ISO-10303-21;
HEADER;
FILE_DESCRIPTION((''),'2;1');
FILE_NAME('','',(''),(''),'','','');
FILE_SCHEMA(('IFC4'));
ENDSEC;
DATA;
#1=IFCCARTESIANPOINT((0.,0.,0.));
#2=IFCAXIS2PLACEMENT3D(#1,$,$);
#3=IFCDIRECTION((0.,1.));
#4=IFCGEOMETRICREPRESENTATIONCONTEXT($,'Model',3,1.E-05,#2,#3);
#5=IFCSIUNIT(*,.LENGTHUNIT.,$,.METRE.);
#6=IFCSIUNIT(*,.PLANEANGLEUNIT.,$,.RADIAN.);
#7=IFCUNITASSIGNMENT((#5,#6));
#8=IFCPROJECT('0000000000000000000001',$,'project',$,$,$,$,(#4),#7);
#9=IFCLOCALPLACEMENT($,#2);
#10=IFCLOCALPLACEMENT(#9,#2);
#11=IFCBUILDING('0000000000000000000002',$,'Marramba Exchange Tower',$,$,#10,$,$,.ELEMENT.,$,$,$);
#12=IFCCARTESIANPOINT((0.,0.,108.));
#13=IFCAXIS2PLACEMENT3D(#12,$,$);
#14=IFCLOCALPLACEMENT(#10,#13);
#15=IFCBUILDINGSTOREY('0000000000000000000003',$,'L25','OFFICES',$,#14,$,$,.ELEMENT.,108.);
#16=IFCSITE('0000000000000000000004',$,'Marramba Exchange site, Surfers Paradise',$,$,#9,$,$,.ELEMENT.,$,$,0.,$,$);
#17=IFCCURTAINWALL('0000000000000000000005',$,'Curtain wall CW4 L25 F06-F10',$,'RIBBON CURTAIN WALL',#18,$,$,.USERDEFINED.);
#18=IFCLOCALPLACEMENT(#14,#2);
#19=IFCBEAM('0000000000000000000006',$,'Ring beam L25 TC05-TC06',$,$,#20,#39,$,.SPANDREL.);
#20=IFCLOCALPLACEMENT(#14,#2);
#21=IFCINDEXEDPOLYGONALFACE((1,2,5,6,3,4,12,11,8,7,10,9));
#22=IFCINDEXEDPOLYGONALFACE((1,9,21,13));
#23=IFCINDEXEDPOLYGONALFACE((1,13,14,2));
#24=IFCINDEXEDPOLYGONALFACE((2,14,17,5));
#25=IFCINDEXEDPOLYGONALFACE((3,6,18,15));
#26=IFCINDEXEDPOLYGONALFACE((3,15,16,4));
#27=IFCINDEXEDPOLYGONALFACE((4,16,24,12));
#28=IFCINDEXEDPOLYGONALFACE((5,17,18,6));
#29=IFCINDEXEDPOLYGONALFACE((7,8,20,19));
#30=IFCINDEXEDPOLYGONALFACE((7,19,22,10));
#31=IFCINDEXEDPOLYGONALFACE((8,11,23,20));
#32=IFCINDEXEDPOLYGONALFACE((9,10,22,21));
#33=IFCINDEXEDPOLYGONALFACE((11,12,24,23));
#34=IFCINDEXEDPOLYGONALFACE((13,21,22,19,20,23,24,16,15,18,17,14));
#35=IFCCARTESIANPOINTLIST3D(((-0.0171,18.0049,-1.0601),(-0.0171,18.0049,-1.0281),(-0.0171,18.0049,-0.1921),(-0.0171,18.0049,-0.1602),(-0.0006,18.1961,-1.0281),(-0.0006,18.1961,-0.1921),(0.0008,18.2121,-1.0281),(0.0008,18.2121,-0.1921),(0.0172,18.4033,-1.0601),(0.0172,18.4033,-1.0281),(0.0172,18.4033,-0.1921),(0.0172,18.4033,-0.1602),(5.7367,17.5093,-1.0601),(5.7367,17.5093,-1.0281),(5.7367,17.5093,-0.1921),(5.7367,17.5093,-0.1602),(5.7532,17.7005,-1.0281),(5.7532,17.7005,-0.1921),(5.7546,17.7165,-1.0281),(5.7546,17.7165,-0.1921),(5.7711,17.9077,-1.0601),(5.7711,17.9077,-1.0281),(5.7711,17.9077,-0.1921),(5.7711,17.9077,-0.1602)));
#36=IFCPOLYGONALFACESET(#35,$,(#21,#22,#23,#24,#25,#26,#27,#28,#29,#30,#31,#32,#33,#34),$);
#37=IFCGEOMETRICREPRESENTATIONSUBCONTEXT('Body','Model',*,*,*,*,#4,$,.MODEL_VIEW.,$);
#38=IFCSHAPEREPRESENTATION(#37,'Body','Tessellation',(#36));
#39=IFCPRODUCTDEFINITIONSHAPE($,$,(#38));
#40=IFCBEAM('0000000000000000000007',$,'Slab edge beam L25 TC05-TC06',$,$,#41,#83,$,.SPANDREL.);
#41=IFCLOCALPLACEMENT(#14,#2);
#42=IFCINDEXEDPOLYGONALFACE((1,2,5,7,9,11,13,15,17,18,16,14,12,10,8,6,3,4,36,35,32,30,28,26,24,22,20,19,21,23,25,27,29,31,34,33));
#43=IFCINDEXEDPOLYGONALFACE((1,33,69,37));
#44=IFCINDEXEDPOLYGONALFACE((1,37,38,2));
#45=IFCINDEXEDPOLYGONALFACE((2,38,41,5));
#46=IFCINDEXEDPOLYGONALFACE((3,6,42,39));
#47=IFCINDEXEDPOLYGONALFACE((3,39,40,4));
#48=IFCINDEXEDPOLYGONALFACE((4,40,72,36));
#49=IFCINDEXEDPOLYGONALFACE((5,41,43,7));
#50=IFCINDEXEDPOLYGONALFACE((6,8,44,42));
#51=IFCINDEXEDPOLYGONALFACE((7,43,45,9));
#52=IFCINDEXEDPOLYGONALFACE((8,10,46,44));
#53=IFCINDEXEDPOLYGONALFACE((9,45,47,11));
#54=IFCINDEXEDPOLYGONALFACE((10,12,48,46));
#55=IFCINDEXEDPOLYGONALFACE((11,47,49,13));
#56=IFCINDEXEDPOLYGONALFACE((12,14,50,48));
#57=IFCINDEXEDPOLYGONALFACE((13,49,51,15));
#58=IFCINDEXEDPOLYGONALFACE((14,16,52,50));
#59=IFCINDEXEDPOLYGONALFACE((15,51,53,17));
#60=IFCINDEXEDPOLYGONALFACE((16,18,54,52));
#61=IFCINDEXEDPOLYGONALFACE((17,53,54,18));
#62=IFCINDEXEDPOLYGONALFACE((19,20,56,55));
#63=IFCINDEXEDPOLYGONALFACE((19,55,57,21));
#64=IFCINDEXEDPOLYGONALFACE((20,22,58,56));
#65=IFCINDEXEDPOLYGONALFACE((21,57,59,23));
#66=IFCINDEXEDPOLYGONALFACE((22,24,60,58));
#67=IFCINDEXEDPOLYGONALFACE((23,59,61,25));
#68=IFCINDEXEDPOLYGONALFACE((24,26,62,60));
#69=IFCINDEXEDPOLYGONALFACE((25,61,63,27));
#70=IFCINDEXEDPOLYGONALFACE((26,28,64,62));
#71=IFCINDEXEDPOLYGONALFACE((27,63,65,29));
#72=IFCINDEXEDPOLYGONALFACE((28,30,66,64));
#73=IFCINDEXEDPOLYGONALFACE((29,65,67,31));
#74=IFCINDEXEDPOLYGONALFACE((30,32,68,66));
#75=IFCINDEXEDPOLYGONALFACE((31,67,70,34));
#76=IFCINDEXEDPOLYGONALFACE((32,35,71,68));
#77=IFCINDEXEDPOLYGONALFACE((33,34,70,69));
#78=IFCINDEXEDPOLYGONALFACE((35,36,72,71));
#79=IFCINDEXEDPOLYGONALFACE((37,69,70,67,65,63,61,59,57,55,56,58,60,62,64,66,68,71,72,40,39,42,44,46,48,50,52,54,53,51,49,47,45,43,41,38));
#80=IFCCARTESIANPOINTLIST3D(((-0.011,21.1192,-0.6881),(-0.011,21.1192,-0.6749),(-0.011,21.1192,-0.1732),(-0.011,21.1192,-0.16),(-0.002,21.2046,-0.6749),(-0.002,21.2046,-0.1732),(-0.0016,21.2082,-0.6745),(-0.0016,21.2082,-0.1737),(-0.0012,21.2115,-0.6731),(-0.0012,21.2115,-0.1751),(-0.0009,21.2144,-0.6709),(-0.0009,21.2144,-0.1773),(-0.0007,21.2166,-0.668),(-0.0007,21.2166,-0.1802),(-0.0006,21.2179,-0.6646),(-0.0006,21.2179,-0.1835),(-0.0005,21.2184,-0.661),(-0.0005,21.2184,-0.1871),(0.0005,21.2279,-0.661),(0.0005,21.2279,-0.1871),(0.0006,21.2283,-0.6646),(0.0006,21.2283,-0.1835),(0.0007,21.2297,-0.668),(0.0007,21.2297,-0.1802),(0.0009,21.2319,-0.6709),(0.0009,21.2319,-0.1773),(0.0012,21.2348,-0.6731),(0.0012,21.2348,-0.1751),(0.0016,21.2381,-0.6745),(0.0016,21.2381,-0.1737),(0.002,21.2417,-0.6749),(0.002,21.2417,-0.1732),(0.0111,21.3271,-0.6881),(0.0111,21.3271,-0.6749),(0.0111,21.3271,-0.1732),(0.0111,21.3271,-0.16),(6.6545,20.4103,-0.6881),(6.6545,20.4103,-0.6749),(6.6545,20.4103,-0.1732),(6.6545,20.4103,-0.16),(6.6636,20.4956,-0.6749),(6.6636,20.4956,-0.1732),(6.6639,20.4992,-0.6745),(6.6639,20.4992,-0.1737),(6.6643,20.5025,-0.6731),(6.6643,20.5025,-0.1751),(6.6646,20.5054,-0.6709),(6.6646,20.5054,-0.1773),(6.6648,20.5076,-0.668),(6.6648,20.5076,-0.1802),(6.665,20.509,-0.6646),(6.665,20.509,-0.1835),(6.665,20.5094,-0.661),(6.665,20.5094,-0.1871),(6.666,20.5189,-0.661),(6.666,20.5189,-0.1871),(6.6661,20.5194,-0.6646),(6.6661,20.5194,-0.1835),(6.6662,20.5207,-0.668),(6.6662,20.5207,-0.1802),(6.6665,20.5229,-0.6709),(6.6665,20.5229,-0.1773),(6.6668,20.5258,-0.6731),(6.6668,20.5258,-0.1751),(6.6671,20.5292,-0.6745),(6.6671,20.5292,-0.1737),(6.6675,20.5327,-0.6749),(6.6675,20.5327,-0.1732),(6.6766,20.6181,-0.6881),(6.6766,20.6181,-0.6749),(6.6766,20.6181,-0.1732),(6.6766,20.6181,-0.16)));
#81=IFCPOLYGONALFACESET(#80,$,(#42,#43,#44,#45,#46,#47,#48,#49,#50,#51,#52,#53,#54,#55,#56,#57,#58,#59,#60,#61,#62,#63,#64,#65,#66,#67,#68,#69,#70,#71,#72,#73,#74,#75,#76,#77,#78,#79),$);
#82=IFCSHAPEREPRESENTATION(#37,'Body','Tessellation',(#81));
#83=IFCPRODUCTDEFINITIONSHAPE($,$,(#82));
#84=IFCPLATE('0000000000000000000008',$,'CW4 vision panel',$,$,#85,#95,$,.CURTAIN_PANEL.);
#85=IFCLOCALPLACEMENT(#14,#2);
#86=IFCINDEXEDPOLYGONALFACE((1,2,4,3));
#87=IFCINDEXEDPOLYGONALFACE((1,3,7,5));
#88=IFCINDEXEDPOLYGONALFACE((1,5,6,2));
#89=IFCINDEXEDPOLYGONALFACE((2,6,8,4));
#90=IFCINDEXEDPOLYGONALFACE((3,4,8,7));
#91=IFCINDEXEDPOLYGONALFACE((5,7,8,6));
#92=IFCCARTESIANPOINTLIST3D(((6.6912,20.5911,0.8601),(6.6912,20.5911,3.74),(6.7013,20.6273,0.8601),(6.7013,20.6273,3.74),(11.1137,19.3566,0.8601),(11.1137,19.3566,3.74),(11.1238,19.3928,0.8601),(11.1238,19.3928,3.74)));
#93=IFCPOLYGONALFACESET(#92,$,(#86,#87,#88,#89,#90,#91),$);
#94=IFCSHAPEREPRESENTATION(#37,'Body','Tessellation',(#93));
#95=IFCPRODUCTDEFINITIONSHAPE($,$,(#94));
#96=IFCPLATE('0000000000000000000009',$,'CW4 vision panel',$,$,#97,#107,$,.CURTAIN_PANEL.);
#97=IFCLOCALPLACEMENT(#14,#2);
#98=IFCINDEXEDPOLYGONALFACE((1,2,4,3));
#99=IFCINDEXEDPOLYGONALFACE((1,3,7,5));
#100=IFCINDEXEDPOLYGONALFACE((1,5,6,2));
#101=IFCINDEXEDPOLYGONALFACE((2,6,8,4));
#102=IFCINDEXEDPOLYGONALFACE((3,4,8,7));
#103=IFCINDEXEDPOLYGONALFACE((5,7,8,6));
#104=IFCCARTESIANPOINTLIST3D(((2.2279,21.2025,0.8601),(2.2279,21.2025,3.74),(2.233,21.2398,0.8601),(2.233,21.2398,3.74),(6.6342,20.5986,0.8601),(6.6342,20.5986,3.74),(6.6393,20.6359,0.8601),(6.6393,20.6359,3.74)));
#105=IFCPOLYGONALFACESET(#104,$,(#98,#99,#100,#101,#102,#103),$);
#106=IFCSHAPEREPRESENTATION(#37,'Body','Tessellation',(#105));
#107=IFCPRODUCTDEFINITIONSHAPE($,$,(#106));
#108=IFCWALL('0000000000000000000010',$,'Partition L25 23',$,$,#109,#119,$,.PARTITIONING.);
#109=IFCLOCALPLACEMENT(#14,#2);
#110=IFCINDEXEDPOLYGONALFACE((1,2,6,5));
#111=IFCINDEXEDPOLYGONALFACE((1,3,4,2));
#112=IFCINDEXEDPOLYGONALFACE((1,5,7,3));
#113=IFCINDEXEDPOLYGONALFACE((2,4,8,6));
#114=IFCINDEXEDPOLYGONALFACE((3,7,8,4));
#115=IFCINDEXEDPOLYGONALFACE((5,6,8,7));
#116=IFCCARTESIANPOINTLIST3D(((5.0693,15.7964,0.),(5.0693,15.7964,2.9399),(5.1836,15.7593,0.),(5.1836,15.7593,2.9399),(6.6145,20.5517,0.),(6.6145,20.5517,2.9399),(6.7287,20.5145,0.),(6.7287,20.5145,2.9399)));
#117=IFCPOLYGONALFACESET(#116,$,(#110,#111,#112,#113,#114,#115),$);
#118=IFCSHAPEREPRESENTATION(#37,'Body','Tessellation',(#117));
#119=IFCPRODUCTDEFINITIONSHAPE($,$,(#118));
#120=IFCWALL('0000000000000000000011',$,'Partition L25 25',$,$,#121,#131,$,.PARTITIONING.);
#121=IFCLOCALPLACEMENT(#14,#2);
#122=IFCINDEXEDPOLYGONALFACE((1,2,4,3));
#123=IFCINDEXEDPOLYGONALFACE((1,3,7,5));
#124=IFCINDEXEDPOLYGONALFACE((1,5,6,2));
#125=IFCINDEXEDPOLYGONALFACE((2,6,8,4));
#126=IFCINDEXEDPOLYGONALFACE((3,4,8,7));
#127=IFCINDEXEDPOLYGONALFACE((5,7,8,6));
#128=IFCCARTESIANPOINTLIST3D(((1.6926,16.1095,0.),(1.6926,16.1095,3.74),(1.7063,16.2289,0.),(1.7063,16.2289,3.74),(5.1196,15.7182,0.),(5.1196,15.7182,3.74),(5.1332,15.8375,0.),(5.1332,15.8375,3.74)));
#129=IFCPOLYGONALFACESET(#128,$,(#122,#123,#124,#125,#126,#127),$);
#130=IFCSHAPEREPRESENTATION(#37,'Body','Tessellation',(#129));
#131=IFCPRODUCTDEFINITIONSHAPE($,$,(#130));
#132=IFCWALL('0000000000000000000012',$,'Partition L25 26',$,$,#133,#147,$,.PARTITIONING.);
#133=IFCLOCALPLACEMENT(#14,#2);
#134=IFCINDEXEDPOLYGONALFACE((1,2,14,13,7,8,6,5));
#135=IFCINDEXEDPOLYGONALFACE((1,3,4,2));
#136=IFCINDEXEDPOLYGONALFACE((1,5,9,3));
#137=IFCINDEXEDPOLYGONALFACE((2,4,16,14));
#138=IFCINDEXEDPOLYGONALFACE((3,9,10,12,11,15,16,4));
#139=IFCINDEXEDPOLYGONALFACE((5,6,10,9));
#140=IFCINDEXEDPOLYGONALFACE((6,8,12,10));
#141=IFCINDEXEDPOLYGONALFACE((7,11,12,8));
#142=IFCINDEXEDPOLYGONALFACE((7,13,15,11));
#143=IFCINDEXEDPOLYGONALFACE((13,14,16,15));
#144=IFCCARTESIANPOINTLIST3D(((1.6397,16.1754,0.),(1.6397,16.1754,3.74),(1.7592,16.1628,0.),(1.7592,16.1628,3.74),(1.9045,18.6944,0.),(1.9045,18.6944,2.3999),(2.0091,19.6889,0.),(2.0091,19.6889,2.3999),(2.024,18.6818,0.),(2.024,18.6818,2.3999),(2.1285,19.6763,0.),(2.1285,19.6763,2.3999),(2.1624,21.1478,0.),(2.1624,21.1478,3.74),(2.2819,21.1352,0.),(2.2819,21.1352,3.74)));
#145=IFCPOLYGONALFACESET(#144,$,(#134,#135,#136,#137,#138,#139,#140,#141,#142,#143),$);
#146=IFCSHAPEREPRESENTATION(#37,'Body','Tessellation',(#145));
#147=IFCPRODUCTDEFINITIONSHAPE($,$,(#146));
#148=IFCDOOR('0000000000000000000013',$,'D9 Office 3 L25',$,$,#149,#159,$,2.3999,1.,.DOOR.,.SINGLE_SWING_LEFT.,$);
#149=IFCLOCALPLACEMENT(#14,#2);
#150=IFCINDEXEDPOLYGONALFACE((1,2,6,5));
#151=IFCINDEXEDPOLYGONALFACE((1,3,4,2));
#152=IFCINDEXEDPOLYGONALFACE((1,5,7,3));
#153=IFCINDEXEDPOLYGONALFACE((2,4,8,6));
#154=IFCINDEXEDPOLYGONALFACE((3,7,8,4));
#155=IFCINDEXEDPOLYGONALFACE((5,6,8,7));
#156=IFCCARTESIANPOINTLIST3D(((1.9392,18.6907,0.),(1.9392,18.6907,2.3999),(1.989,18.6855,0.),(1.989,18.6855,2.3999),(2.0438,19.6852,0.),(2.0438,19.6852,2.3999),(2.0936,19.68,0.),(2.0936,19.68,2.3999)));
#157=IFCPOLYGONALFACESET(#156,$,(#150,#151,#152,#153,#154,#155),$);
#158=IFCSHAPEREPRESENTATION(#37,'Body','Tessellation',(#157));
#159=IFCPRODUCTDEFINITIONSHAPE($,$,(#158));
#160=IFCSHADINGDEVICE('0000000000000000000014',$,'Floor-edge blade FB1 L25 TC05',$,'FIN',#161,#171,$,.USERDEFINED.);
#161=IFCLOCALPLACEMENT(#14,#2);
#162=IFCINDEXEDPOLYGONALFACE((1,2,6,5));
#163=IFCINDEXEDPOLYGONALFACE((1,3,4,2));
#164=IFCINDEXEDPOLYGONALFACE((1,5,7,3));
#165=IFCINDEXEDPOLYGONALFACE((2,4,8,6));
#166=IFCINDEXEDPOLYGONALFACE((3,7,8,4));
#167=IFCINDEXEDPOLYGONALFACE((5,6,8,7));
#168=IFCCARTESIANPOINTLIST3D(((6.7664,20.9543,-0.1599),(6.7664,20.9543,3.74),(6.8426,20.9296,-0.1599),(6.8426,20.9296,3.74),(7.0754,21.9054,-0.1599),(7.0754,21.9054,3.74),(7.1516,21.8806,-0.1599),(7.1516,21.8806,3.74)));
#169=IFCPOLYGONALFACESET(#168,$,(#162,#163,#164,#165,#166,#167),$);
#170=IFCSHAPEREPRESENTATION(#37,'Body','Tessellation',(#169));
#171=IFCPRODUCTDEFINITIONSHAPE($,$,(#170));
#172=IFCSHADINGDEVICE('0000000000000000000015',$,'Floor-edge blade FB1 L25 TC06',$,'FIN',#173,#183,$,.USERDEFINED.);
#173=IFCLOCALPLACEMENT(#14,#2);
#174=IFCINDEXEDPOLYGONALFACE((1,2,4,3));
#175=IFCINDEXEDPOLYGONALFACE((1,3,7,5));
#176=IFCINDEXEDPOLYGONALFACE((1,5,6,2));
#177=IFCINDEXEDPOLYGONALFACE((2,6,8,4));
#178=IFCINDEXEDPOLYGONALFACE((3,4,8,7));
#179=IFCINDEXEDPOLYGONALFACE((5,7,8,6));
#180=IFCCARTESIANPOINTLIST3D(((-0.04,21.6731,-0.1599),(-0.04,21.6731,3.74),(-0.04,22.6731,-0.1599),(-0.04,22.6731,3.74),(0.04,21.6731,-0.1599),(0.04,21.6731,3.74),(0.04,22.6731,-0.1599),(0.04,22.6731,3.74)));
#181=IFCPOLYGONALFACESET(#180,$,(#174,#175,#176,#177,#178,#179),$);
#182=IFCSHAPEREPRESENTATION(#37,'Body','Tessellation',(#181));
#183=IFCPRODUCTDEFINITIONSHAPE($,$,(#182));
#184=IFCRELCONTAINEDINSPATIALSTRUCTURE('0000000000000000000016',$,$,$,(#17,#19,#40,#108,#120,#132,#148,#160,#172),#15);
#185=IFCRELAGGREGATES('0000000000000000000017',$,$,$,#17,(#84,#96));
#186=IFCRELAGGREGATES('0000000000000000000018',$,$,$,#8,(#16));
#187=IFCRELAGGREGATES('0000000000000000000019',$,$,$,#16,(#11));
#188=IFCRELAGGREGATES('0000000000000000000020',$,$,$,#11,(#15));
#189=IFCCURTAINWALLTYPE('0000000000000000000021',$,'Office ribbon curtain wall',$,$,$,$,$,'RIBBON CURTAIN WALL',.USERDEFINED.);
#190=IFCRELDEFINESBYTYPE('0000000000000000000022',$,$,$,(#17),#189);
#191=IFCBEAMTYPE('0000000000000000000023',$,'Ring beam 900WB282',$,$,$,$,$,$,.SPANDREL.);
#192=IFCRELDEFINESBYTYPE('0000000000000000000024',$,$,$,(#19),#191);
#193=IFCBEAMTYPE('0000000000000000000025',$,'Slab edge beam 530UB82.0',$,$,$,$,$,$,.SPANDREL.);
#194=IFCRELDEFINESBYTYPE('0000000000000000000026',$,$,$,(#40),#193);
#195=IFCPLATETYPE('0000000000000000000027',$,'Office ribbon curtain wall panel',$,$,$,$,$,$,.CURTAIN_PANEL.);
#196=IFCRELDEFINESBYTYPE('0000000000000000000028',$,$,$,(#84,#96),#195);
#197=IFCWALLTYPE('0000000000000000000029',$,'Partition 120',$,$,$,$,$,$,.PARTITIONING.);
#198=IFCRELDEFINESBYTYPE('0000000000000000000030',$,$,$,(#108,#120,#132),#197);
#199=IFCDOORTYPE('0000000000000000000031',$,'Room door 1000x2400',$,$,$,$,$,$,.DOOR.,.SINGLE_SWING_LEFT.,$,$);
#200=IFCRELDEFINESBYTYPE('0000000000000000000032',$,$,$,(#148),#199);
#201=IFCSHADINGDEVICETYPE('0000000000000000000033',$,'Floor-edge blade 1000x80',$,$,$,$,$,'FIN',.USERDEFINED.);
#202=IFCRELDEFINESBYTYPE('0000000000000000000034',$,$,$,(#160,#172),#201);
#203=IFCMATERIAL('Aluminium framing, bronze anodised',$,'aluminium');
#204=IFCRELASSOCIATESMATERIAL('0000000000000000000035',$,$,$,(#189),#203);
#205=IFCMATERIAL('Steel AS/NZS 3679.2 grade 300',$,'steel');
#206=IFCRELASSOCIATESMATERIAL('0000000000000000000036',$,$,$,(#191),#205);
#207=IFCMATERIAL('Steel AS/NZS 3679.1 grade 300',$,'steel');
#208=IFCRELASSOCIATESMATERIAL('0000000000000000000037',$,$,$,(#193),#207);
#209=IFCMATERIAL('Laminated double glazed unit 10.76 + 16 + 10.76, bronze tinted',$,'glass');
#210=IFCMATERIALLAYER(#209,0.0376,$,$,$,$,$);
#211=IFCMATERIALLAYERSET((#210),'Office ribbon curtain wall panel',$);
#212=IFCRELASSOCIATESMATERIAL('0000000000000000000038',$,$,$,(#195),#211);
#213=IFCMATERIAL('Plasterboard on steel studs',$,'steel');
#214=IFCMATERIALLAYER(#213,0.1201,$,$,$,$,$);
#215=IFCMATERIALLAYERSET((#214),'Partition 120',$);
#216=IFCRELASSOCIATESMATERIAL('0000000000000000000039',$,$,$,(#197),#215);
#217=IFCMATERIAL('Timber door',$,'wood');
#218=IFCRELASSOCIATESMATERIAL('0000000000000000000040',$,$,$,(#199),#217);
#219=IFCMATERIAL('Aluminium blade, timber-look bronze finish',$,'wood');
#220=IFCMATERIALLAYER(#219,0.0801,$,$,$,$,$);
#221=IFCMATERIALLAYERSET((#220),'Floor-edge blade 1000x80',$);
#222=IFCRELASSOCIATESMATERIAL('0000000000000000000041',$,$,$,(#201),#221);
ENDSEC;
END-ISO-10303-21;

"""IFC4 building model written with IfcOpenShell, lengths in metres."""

from ifc_helpers import new_model, si_unit, direction, frame, frame_2d, origin, origin_2d, place, context, subcontext, project, spatial, rectangle, i_section, extrude, material, layer, layer_set, material_profile, profile_set, type_object, element, fill, aggregate, save


model = new_model("IFC4")

# Units and contexts
model_context = context("Model", 3, precision=1e-05, world=origin(), true_north=direction((0.0, 1.0)))
body_context = subcontext(model_context, "Body", "Model", "MODEL_VIEW")
ifc_project = project(units=[si_unit("LENGTHUNIT", "METRE"), si_unit("PLANEANGLEUNIT", "RADIAN")], contexts=[model_context])

# Site, building, storey
site_placement = place(None, origin())
site = spatial("IfcSite", under=ifc_project, at=site_placement, Name="Marramba Exchange site, Surfers Paradise", CompositionType="ELEMENT", RefElevation=0.0)
building_placement = place(site_placement, origin())
building = spatial("IfcBuilding", under=site, at=building_placement, Name="Marramba Exchange Tower", CompositionType="ELEMENT")
storey_placement = place(building_placement, frame((0.0, 0.0, 108.0)))
storey = spatial("IfcBuildingStorey", under=building, at=storey_placement, Name="L25", Description="OFFICES", CompositionType="ELEMENT", Elevation=108.0)

# Shared definitions
ifc_material_1 = material(Name="Steel AS/NZS 3679.2 grade 300", Category="steel")

# Curtain wall
ifc_material_2 = material(Name="Aluminium framing, bronze anodised", Category="aluminium")
curtain_wall_type = type_object("IfcCurtainWallType", Name="Office ribbon curtain wall", ElementType="RIBBON CURTAIN WALL", PredefinedType="USERDEFINED", material=ifc_material_2)
curtain_wall_placement = place(storey_placement, origin())
curtain_wall = element("IfcCurtainWall", 1, at=curtain_wall_placement, inside=storey, type_object=curtain_wall_type, Name="Curtain wall CW4 L25 F06-F10", ObjectType="RIBBON CURTAIN WALL", PredefinedType="USERDEFINED")

# Beams
ifc_material_profile_1 = material_profile(ifc_material_1, i_section(OverallWidth=0.3999, OverallDepth=0.8999, WebThickness=0.0161, FlangeThickness=0.032, at=origin_2d()), Name="900WB282")
ifc_profile_set_1 = profile_set([ifc_material_profile_1], Name="Steel AS/NZS 3679.2 grade 300")
beam_type_1 = type_object("IfcBeamType", Name="Ring beam 900WB282", PredefinedType="SPANDREL", material=ifc_profile_set_1)
beam_1_placement = place(storey_placement, frame((5.7539, 17.7085, -0.6101), z_axis=(-0.996311, 0.085816, 0.0), x_axis=(-0.085816, -0.996311, 0.0)))
element("IfcBeam", 2, at=beam_1_placement, inside=storey, type_object=beam_type_1, Name="Ring beam L25 TC05-TC06", PredefinedType="SPANDREL", context=body_context, shape_type="SweptSolid", body=[
    extrude(i_section(OverallWidth=0.3999, OverallDepth=0.8999, WebThickness=0.0161, FlangeThickness=0.032, at=origin_2d()), origin(), (0.0, 0.0, 1.0), 5.7751),
])
ifc_material_3 = material(Name="Steel AS/NZS 3679.1 grade 300", Category="steel")
ifc_material_profile_2 = material_profile(ifc_material_3, i_section(OverallWidth=0.209, OverallDepth=0.5281, WebThickness=0.0095, FlangeThickness=0.0132, FilletRadius=0.0139, at=origin_2d()), Name="530UB82.0")
ifc_profile_set_2 = profile_set([ifc_material_profile_2], Name="Steel AS/NZS 3679.1 grade 300")
beam_type_2 = type_object("IfcBeamType", Name="Slab edge beam 530UB82.0", PredefinedType="SPANDREL", material=ifc_profile_set_2)
beam_2_placement = place(storey_placement, frame((6.6655, 20.5142, -0.4241), z_axis=(-0.994391, 0.105769, 0.0), x_axis=(-0.105769, -0.994391, 0.0)))
element("IfcBeam", 3, at=beam_2_placement, inside=storey, type_object=beam_type_2, Name="Slab edge beam L25 TC05-TC06", PredefinedType="SPANDREL", context=body_context, shape_type="SweptSolid", body=[
    extrude(i_section(OverallWidth=0.209, OverallDepth=0.5281, WebThickness=0.0095, FlangeThickness=0.0132, FilletRadius=0.0139, at=origin_2d()), origin(), (0.0, 0.0, 1.0), 6.7031),
])

# Plates
ifc_material_4 = material(Name="Laminated double glazed unit 10.76 + 16 + 10.76, bronze tinted", Category="glass")
ifc_layer_1 = layer(ifc_material_4, 0.0376)
ifc_layer_set_1 = layer_set([ifc_layer_1], Name="Office ribbon curtain wall panel")
plate_type = type_object("IfcPlateType", Name="Office ribbon curtain wall panel", PredefinedType="CURTAIN_PANEL", material=ifc_layer_set_1)
plate_1_placement = place(storey_placement, frame((8.9075, 19.9919, 0.8601), z_axis=(0.0, 0.0, 1.0), x_axis=(-0.963178, 0.268865, 0.0)))
plate_1 = element("IfcPlate", 4, at=plate_1_placement, type_object=plate_type, Name="CW4 vision panel", PredefinedType="CURTAIN_PANEL", context=body_context, shape_type="SweptSolid", body=[
    extrude(rectangle(XDim=4.5916, YDim=0.0376, at=origin_2d()), origin(), (0.0, 0.0, 1.0), 2.8799),
])
plate_2_placement = place(storey_placement, frame((4.4336, 20.9192, 0.8601), z_axis=(0.0, 0.0, 1.0), x_axis=(-0.990738, 0.135786, 0.0)))
plate_2 = element("IfcPlate", 5, at=plate_2_placement, type_object=plate_type, Name="CW4 vision panel", PredefinedType="CURTAIN_PANEL", context=body_context, shape_type="SweptSolid", body=[
    extrude(rectangle(XDim=4.4475, YDim=0.0376, at=origin_2d()), origin(), (0.0, 0.0, 1.0), 2.8799),
])
aggregate(curtain_wall, [plate_1, plate_2])

# Walls
ifc_material_5 = material(Name="Plasterboard on steel studs", Category="steel")
ifc_layer_2 = layer(ifc_material_5, 0.1201)
ifc_layer_set_2 = layer_set([ifc_layer_2], Name="Partition 120")
wall_type = type_object("IfcWallType", Name="Partition 120", PredefinedType="PARTITIONING", material=ifc_layer_set_2)
wall_1_placement = place(storey_placement, frame((5.1265, 15.7778, 0.0), z_axis=(0.0, 0.0, 1.0), x_axis=(0.309026, 0.951053, 0.0)))
element("IfcWall", 6, at=wall_1_placement, inside=storey, type_object=wall_type, Name="Partition L25 23", PredefinedType="PARTITIONING", context=body_context, shape_type="SweptSolid", body=[
    extrude(rectangle(XDim=5.0, YDim=0.1201, at=frame_2d((2.5, 0.0))), origin(), (0.0, 0.0, 1.0), 2.9399),
])
wall_2_placement = place(storey_placement, frame((1.6995, 16.1692, 0.0), z_axis=(0.0, 0.0, 1.0), x_axis=(0.993542, -0.113461, 0.0)))
element("IfcWall", 7, at=wall_2_placement, inside=storey, type_object=wall_type, Name="Partition L25 25", PredefinedType="PARTITIONING", context=body_context, shape_type="SweptSolid", body=[
    extrude(rectangle(XDim=3.4492, YDim=0.1201, at=frame_2d((1.7246, 0.0))), origin(), (0.0, 0.0, 1.0), 3.74),
])

# Wall, opening, door
wall_3_placement = place(storey_placement, frame((2.2222, 21.1416, 0.0), z_axis=(0.0, 0.0, 1.0), x_axis=(-0.104545, -0.99452, 0.0)))
wall_3 = element("IfcWall", 8, at=wall_3_placement, inside=storey, type_object=wall_type, Name="Partition L25 26", PredefinedType="PARTITIONING", context=body_context, shape_type="SweptSolid", body=[
    extrude(rectangle(XDim=4.9998, YDim=0.1201, at=frame_2d((2.5, 0.0))), origin(), (0.0, 0.0, 1.0), 3.74),
])
opening_placement = place(wall_3_placement, frame((1.467, 0.0, 0.0)))
opening = element("IfcOpeningElement", 9, at=opening_placement, cuts=wall_3, PredefinedType="OPENING", context=body_context, shape_type="SweptSolid", body=[
    extrude(rectangle(XDim=1.0, YDim=2.3999, at=frame_2d((0.5, 1.2))), frame((0.0, 0.0701, 0.0), z_axis=(0.0, -1.0, 0.0), x_axis=(1.0, 0.0, 0.0)), (0.0, 0.0, 1.0), 0.1401),
])
ifc_material_6 = material(Name="Timber door", Category="wood")
door_type = type_object("IfcDoorType", Name="Room door 1000x2400", OperationType="SINGLE_SWING_LEFT", PredefinedType="DOOR", material=ifc_material_6)
door_placement = place(opening_placement, origin())
door = element("IfcDoor", 10, at=door_placement, inside=storey, type_object=door_type, Name="D9 Office 3 L25", OperationType="SINGLE_SWING_LEFT", OverallHeight=2.3999, OverallWidth=1.0, PredefinedType="DOOR", context=body_context, shape_type="SweptSolid", body=[
    extrude(rectangle(XDim=1.0, YDim=2.3999, at=frame_2d((0.5, 1.2))), frame((0.0, 0.0249, 0.0), z_axis=(0.0, -1.0, 0.0), x_axis=(1.0, 0.0, 0.0)), (0.0, 0.0, 1.0), 0.05),
])
fill(opening, door)

# Shading devices
ifc_material_7 = material(Name="Aluminium blade, timber-look bronze finish", Category="wood")
ifc_layer_3 = layer(ifc_material_7, 0.0801)
ifc_layer_set_3 = layer_set([ifc_layer_3], Name="Floor-edge blade 1000x80")
shading_device_type_1 = type_object("IfcShadingDeviceType", Name="Floor-edge blade 1000x80", ElementType="FIN", PredefinedType="USERDEFINED", material=ifc_layer_set_3)
for number, where, z_axis, x_axis, name in (
    (11, (6.959, 21.4175, -0.1599), (0.0, 0.0, 1.0), (0.309017, 0.951057, 0.0), "Floor-edge blade FB1 L25 TC05"),
    (12, (0.0, 22.1731, -0.1599), (0.0, 0.0, 1.0), (0.0, 1.0, 0.0), "Floor-edge blade FB1 L25 TC06"),
):
    element("IfcShadingDevice", number, at=place(storey_placement, frame(where, z_axis=z_axis, x_axis=x_axis)), inside=storey, type_object=shading_device_type_1, Name=name, ObjectType="FIN", PredefinedType="USERDEFINED", context=body_context, shape_type="SweptSolid", body=[
        extrude(rectangle(XDim=1.0, YDim=0.0801, at=origin_2d()), origin(), (0.0, 0.0, 1.0), 3.8999),
    ])

save(model, "model.ifc")
